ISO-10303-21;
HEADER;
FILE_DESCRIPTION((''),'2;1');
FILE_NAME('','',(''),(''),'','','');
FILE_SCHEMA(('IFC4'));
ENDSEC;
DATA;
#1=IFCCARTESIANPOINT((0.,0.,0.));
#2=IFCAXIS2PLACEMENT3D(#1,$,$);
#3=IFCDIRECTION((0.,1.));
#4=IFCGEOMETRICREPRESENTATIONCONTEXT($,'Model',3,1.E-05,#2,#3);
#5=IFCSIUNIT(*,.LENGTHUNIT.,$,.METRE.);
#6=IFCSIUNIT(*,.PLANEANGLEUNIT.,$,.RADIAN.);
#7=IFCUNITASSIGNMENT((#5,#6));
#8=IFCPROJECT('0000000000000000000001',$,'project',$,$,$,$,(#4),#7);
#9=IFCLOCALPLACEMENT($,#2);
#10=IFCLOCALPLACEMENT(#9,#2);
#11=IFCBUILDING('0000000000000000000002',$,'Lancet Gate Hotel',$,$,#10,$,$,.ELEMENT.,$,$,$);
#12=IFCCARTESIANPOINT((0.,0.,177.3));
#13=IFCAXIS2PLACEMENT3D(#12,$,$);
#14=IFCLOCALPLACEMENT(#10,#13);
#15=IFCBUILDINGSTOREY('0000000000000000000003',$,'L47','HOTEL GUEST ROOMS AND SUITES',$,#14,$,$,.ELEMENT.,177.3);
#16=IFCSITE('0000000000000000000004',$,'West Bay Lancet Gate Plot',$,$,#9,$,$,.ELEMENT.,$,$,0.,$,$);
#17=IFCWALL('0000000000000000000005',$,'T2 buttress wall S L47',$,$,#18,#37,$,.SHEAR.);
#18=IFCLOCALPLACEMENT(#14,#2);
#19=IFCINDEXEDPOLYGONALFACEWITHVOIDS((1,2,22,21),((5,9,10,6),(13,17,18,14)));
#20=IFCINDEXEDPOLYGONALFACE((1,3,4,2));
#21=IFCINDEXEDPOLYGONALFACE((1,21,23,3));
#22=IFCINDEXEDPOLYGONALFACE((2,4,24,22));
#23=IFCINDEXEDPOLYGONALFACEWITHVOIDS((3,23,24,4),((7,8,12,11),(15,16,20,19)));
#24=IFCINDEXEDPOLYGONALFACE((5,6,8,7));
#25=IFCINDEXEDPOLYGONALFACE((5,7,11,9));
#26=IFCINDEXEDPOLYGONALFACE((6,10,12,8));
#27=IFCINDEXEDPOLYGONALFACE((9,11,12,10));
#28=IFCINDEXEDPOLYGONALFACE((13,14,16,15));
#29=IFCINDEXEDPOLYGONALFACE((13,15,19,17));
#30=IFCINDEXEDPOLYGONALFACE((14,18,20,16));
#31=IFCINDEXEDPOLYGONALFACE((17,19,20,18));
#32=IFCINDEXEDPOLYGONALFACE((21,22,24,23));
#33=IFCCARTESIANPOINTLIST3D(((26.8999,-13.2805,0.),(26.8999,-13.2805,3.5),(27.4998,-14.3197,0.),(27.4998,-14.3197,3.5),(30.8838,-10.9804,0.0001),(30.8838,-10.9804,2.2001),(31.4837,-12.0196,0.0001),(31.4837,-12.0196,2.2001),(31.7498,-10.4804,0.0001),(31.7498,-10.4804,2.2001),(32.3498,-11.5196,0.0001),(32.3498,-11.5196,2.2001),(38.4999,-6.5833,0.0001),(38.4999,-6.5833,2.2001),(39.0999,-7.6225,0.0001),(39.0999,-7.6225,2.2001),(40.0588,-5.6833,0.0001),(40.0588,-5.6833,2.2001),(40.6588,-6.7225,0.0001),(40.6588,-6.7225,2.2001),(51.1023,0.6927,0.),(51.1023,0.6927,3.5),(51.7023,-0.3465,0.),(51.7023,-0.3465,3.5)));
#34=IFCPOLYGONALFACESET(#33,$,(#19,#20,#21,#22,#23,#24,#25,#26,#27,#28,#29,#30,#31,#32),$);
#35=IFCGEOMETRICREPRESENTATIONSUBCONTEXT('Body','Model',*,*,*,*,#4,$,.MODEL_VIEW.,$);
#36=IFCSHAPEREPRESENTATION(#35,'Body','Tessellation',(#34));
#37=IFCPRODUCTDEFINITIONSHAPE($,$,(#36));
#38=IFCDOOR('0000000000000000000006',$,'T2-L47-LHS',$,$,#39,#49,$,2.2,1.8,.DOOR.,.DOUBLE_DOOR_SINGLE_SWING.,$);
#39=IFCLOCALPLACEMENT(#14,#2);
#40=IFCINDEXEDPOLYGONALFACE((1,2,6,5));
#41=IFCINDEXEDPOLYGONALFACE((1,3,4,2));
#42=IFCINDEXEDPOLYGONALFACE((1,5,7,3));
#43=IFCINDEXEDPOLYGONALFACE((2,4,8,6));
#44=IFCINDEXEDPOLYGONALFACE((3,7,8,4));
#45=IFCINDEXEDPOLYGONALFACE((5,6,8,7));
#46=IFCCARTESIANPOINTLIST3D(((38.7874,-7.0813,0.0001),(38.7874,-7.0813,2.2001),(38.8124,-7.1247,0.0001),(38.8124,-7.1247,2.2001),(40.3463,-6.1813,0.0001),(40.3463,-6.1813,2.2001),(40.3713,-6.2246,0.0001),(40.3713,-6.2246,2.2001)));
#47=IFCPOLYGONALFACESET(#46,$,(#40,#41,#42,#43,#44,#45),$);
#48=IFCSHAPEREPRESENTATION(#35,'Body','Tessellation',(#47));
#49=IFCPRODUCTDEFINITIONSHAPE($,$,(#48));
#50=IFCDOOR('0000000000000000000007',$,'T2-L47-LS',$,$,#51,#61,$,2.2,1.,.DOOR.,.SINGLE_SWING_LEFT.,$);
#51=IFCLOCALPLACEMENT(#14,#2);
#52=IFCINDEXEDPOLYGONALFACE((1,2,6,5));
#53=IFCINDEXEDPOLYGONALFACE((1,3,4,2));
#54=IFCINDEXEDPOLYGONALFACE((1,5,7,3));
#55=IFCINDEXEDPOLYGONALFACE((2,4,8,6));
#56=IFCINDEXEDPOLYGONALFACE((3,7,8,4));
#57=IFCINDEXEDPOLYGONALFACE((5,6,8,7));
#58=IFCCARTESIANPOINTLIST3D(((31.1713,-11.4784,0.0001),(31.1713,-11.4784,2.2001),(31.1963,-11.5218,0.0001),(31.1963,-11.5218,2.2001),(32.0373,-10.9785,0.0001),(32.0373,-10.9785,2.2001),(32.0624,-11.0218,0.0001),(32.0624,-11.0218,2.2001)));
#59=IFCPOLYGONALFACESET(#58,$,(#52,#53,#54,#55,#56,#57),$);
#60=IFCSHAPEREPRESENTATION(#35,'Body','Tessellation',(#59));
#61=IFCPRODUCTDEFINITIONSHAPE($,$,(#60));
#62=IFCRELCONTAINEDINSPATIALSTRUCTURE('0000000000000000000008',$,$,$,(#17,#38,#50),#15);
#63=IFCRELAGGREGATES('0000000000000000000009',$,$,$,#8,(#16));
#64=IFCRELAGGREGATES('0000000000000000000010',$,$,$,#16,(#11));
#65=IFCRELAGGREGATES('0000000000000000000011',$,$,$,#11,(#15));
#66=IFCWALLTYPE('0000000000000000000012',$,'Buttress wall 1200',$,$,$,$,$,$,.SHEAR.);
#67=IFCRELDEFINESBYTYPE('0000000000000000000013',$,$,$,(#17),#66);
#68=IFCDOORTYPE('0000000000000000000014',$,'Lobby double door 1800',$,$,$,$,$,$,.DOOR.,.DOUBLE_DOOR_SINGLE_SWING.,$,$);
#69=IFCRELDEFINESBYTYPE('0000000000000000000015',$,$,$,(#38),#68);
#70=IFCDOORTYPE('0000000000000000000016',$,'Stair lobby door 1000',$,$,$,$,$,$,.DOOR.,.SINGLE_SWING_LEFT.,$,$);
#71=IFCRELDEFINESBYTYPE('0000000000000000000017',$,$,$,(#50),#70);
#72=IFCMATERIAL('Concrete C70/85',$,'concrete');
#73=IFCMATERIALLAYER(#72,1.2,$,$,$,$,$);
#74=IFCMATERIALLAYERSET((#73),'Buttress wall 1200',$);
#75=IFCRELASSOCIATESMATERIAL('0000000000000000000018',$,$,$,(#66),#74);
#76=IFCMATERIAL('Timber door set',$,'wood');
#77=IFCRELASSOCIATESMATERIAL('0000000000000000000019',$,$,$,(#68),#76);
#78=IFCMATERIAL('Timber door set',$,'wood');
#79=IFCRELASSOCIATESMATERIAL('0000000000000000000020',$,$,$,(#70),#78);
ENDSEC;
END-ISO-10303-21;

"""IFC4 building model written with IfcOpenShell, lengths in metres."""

from ifc_helpers import new_model, si_unit, direction, frame, frame_2d, origin, place, context, subcontext, project, spatial, rectangle, extrude, material, layer, layer_set, type_object, element, fill, save


model = new_model("IFC4")

# Units and contexts
model_context = context("Model", 3, precision=1e-05, world=origin(), true_north=direction((0.0, 1.0)))
body_context = subcontext(model_context, "Body", "Model", "MODEL_VIEW")
ifc_project = project(units=[si_unit("LENGTHUNIT", "METRE"), si_unit("PLANEANGLEUNIT", "RADIAN")], contexts=[model_context])

# Site, building, storey
site_placement = place(None, origin())
site = spatial("IfcSite", under=ifc_project, at=site_placement, Name="West Bay Lancet Gate Plot", CompositionType="ELEMENT", RefElevation=0.0)
building_placement = place(site_placement, origin())
building = spatial("IfcBuilding", under=site, at=building_placement, Name="Lancet Gate Hotel", CompositionType="ELEMENT")
storey_placement = place(building_placement, frame((0.0, 0.0, 177.3)))
storey = spatial("IfcBuildingStorey", under=building, at=storey_placement, Name="L47", Description="HOTEL GUEST ROOMS AND SUITES", CompositionType="ELEMENT", Elevation=177.3)

# Wall, openings, doors
ifc_material_1 = material(Name="Concrete C70/85", Category="concrete")
ifc_layer_1 = layer(ifc_material_1, 1.2)
ifc_layer_set_1 = layer_set([ifc_layer_1], Name="Buttress wall 1200")
wall_type = type_object("IfcWallType", Name="Buttress wall 1200", PredefinedType="SHEAR", material=ifc_layer_set_1)
wall_placement = place(storey_placement, frame((27.2, -13.8, 0.0), z_axis=(0.0, 0.0, 1.0), x_axis=(0.866027, 0.499997, 0.0)))
wall = element("IfcWall", 1, at=wall_placement, inside=storey, type_object=wall_type, Name="T2 buttress wall S L47", PredefinedType="SHEAR", context=body_context, shape_type="SweptSolid", body=[
    extrude(rectangle(XDim=27.9465, YDim=1.2, at=frame_2d((13.9731, 0.0))), origin(), (0.0, 0.0, 1.0), 3.5),
])
opening_1_placement = place(wall_placement, frame((4.6001, 0.0, 0.0)))
opening_1 = element("IfcOpeningElement", 2, at=opening_1_placement, cuts=wall, PredefinedType="OPENING", context=body_context, shape_type="SweptSolid", body=[
    extrude(rectangle(XDim=1.0, YDim=2.2, at=frame_2d((0.5, 1.1001))), frame((0.0, 0.6099, 0.0), z_axis=(0.0, -1.0, 0.0), x_axis=(1.0, 0.0, 0.0)), (0.0, 0.0, 1.0), 1.22),
])
opening_2_placement = place(wall_placement, frame((13.3945, 0.0, 0.0)))
opening_2 = element("IfcOpeningElement", 3, at=opening_2_placement, cuts=wall, PredefinedType="OPENING", context=body_context, shape_type="SweptSolid", body=[
    extrude(rectangle(XDim=1.8, YDim=2.2, at=frame_2d((0.8999, 1.1001))), frame((0.0, 0.6099, 0.0), z_axis=(0.0, -1.0, 0.0), x_axis=(1.0, 0.0, 0.0)), (0.0, 0.0, 1.0), 1.22),
])
ifc_material_2 = material(Name="Timber door set", Category="wood")
door_type_1 = type_object("IfcDoorType", Name="Lobby double door 1800", OperationType="DOUBLE_DOOR_SINGLE_SWING", PredefinedType="DOOR", material=ifc_material_2)
door_1_placement = place(opening_2_placement, origin())
door_1 = element("IfcDoor", 4, at=door_1_placement, inside=storey, type_object=door_type_1, Name="T2-L47-LHS", OperationType="DOUBLE_DOOR_SINGLE_SWING", OverallHeight=2.2, OverallWidth=1.8, PredefinedType="DOOR", context=body_context, shape_type="SweptSolid", body=[
    extrude(rectangle(XDim=1.8, YDim=2.2, at=frame_2d((0.8999, 1.1001))), frame((0.0, 0.0249, 0.0), z_axis=(0.0, -1.0, 0.0), x_axis=(1.0, 0.0, 0.0)), (0.0, 0.0, 1.0), 0.05),
])
fill(opening_2, door_1)
ifc_material_3 = material(Name="Timber door set", Category="wood")
door_type_2 = type_object("IfcDoorType", Name="Stair lobby door 1000", OperationType="SINGLE_SWING_LEFT", PredefinedType="DOOR", material=ifc_material_3)
door_2_placement = place(opening_1_placement, origin())
door_2 = element("IfcDoor", 5, at=door_2_placement, inside=storey, type_object=door_type_2, Name="T2-L47-LS", OperationType="SINGLE_SWING_LEFT", OverallHeight=2.2, OverallWidth=1.0, PredefinedType="DOOR", context=body_context, shape_type="SweptSolid", body=[
    extrude(rectangle(XDim=1.0, YDim=2.2, at=frame_2d((0.5, 1.1001))), frame((0.0, 0.0249, 0.0), z_axis=(0.0, -1.0, 0.0), x_axis=(1.0, 0.0, 0.0)), (0.0, 0.0, 1.0), 0.05),
])
fill(opening_1, door_2)

save(model, "model.ifc")
